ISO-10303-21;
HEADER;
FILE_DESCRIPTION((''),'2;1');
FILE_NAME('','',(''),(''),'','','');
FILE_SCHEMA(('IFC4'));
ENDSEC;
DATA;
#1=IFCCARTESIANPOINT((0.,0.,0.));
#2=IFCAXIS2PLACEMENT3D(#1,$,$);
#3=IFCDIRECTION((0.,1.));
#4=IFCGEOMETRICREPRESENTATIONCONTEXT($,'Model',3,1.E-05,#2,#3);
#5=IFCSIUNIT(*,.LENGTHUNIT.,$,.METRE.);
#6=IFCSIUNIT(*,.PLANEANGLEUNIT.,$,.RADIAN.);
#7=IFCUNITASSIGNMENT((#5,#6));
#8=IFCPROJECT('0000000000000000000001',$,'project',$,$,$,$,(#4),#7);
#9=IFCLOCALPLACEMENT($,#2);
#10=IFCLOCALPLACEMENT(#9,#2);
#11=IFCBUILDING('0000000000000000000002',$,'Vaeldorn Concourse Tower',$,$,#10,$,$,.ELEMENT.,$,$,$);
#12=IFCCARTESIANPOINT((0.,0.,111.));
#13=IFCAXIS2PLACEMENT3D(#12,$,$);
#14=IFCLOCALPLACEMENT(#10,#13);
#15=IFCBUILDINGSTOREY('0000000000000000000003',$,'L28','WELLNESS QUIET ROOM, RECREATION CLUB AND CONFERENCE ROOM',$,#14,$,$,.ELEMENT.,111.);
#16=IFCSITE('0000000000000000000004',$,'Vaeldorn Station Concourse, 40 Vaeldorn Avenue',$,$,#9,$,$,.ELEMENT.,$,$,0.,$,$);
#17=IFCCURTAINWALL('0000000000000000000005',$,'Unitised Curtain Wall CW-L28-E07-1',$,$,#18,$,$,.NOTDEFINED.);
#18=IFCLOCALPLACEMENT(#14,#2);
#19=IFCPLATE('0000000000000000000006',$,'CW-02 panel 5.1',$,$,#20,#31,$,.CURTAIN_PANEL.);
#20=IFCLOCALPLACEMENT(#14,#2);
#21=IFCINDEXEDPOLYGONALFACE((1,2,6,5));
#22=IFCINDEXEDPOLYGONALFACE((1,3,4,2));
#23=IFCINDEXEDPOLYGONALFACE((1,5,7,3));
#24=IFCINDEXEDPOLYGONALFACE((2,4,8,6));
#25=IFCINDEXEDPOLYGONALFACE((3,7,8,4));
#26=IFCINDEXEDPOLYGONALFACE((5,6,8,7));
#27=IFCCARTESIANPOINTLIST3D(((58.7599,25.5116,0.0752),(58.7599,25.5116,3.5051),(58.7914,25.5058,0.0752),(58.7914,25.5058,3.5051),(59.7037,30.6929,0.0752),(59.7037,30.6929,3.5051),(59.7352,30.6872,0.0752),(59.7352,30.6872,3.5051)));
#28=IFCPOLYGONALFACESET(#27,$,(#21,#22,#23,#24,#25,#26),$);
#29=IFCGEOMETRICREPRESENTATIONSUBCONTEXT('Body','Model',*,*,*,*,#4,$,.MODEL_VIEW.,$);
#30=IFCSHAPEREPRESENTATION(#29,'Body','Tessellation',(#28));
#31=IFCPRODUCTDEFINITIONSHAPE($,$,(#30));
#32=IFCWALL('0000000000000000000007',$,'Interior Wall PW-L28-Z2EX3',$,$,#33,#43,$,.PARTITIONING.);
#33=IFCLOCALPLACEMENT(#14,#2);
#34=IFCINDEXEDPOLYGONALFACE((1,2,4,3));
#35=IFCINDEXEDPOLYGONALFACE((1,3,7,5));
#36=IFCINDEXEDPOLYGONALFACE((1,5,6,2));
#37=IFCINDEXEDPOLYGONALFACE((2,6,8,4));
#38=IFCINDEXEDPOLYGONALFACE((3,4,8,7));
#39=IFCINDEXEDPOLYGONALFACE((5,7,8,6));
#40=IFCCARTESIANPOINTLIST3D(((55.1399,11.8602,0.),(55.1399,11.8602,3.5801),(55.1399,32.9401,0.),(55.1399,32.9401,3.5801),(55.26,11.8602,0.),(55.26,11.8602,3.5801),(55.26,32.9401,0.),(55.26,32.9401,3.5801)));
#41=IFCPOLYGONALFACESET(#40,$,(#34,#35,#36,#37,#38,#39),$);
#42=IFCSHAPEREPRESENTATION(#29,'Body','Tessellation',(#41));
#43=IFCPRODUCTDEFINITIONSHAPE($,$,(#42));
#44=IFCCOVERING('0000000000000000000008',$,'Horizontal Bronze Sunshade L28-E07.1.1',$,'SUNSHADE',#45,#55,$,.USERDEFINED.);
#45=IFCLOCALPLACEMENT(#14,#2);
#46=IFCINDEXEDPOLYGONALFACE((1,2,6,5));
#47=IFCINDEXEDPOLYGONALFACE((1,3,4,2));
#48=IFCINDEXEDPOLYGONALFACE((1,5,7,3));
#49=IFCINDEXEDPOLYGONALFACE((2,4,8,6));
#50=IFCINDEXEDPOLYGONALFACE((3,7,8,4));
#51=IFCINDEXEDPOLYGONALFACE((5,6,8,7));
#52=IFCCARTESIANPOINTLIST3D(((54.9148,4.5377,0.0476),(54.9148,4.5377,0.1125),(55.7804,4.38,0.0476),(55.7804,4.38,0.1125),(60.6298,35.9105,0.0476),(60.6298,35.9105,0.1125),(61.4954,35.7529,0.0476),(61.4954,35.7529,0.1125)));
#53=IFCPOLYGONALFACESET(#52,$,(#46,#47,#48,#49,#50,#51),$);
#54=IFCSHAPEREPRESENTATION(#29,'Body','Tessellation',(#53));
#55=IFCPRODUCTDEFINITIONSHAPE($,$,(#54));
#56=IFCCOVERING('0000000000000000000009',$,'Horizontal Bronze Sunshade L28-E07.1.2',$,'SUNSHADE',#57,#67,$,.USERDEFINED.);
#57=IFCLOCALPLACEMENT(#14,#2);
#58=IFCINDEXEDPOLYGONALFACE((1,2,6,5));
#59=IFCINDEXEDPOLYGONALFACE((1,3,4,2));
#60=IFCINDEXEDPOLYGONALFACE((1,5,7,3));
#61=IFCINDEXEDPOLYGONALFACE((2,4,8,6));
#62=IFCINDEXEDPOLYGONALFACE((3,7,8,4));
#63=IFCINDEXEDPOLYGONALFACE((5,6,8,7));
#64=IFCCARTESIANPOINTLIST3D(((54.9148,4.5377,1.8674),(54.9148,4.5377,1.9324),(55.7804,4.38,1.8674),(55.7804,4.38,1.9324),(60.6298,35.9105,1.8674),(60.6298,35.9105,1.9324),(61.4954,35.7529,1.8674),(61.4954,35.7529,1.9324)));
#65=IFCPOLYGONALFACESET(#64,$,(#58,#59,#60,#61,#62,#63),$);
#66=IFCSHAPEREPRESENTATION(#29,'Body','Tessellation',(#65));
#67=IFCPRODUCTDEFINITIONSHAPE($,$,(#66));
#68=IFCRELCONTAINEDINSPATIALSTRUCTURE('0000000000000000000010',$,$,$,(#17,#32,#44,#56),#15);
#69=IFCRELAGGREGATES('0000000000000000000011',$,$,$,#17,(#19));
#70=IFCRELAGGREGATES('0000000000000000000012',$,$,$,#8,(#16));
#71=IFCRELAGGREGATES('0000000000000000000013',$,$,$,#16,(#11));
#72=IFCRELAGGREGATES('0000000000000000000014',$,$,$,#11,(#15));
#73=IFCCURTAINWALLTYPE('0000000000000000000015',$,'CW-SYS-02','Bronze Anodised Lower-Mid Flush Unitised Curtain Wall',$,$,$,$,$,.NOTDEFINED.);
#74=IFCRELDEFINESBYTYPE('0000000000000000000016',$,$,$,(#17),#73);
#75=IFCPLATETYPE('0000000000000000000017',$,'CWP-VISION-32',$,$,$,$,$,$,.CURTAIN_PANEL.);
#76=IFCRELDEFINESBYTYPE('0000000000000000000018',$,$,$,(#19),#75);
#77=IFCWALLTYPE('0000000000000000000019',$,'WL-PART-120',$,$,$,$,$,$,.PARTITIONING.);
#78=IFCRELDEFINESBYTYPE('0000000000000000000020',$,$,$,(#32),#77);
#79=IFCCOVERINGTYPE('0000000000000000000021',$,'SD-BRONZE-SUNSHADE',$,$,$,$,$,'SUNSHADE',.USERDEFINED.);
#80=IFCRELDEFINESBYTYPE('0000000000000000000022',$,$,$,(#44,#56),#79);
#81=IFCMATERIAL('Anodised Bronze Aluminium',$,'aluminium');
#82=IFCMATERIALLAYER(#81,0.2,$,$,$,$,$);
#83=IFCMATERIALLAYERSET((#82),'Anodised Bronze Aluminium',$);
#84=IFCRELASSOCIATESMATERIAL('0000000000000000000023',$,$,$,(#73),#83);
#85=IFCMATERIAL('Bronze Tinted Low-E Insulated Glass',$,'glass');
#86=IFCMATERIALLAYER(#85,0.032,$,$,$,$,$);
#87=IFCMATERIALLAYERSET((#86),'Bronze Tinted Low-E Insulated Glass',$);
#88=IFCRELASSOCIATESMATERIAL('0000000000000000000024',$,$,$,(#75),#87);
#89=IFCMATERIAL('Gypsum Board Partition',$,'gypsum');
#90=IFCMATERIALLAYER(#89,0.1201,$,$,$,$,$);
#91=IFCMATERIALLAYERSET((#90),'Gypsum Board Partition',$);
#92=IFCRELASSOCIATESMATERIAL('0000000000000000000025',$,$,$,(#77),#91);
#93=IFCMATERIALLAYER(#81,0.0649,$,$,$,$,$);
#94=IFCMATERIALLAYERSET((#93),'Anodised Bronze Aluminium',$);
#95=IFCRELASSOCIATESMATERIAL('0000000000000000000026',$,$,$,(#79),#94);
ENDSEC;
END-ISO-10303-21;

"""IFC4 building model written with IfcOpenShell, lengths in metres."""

from ifc_helpers import new_model, si_unit, direction, frame, frame_2d, origin, origin_2d, place, context, subcontext, project, spatial, rectangle, extrude, source, transform, mapped, material, layer, layer_set, type_object, element, aggregate, save


model = new_model("IFC4")

# Units and contexts
model_context = context("Model", 3, precision=1e-05, world=origin(), true_north=direction((0.0, 1.0)))
body_context = subcontext(model_context, "Body", "Model", "MODEL_VIEW")
ifc_project = project(units=[si_unit("LENGTHUNIT", "METRE"), si_unit("PLANEANGLEUNIT", "RADIAN")], contexts=[model_context])

# Site, building, storey
site_placement = place(None, origin())
site = spatial("IfcSite", under=ifc_project, at=site_placement, Name="Vaeldorn Station Concourse, 40 Vaeldorn Avenue", CompositionType="ELEMENT", RefElevation=0.0)
building_placement = place(site_placement, origin())
building = spatial("IfcBuilding", under=site, at=building_placement, Name="Vaeldorn Concourse Tower", CompositionType="ELEMENT")
storey_placement = place(building_placement, frame((0.0, 0.0, 111.0)))
storey = spatial("IfcBuildingStorey", under=building, at=storey_placement, Name="L28", Description="WELLNESS QUIET ROOM, RECREATION CLUB AND CONFERENCE ROOM", CompositionType="ELEMENT", Elevation=111.0)

# Curtain wall, plate
ifc_material_1 = material(Name="Anodised Bronze Aluminium", Category="aluminium")
ifc_layer_1 = layer(ifc_material_1, 0.2)
ifc_layer_set_1 = layer_set([ifc_layer_1], Name="Anodised Bronze Aluminium")
curtain_wall_type = type_object("IfcCurtainWallType", Name="CW-SYS-02", Description="Bronze Anodised Lower-Mid Flush Unitised Curtain Wall", PredefinedType="NOTDEFINED", material=ifc_layer_set_1)
curtain_wall_placement = place(storey_placement, origin())
curtain_wall = element("IfcCurtainWall", 1, at=curtain_wall_placement, inside=storey, type_object=curtain_wall_type, Name="Unitised Curtain Wall CW-L28-E07-1", PredefinedType="NOTDEFINED")
ifc_material_2 = material(Name="Bronze Tinted Low-E Insulated Glass", Category="glass")
ifc_layer_2 = layer(ifc_material_2, 0.032)
ifc_layer_set_2 = layer_set([ifc_layer_2], Name="Bronze Tinted Low-E Insulated Glass")
plate_type = type_object("IfcPlateType", Name="CWP-VISION-32", PredefinedType="CURTAIN_PANEL", material=ifc_layer_set_2)
shared_shape_1 = source(origin(), body_context, "Body", "SweptSolid", [
    extrude(rectangle(XDim=5.2666, YDim=0.032, at=origin_2d()), origin(), (0.0, 0.0, 1.0), 3.4299),
])
plate_1_placement = place(storey_placement, frame((59.2476, 28.0994, 0.0752), z_axis=(0.0, 0.0, 1.0), x_axis=(0.179206, 0.983812, 0.0)))
plate_1 = element("IfcPlate", 2, at=plate_1_placement, type_object=plate_type, Name="CW-02 panel 5.1", PredefinedType="CURTAIN_PANEL", context=body_context, shape_type="MappedRepresentation", body=[
    mapped(shared_shape_1, transform((0.0, 0.0, 0.0), scale=1.0)),
])
aggregate(curtain_wall, [plate_1])

# Wall
ifc_material_3 = material(Name="Gypsum Board Partition", Category="gypsum")
ifc_layer_3 = layer(ifc_material_3, 0.1201)
ifc_layer_set_3 = layer_set([ifc_layer_3], Name="Gypsum Board Partition")
wall_type = type_object("IfcWallType", Name="WL-PART-120", PredefinedType="PARTITIONING", material=ifc_layer_set_3)
wall_placement = place(storey_placement, frame((55.2, 11.8601, 0.0), z_axis=(0.0, 0.0, 1.0), x_axis=(0.0, 1.0, 0.0)))
element("IfcWall", 3, at=wall_placement, inside=storey, type_object=wall_type, Name="Interior Wall PW-L28-Z2EX3", PredefinedType="PARTITIONING", context=body_context, shape_type="SweptSolid", body=[
    extrude(rectangle(XDim=21.0798, YDim=0.1201, at=frame_2d((10.54, 0.0))), origin(), (0.0, 0.0, 1.0), 3.5801),
])

# Coverings
ifc_layer_4 = layer(ifc_material_1, 0.0649)
ifc_layer_set_4 = layer_set([ifc_layer_4], Name="Anodised Bronze Aluminium")
covering_type = type_object("IfcCoveringType", Name="SD-BRONZE-SUNSHADE", ElementType="SUNSHADE", PredefinedType="USERDEFINED", material=ifc_layer_set_4)
shared_shape_2 = source(origin(), body_context, "Body", "SweptSolid", [
    extrude(rectangle(XDim=31.8892, YDim=0.8799, at=origin_2d()), origin(), (0.0, 0.0, 1.0), 0.0649),
])
for number, where, z_axis, x_axis, name in (
    (4, (58.2051, 20.1453, 0.0476), (0.0, 0.0, 1.0), (0.179214, 0.98381, 0.0), "Horizontal Bronze Sunshade L28-E07.1.1"),
    (5, (58.2051, 20.1453, 1.8674), (0.0, 0.0, 1.0), (0.179214, 0.98381, 0.0), "Horizontal Bronze Sunshade L28-E07.1.2"),
):
    element("IfcCovering", number, at=place(storey_placement, frame(where, z_axis=z_axis, x_axis=x_axis)), inside=storey, type_object=covering_type, Name=name, ObjectType="SUNSHADE", PredefinedType="USERDEFINED", context=body_context, shape_type="MappedRepresentation", body=[
        mapped(shared_shape_2, transform((0.0, 0.0, 0.0), scale=1.0)),
    ])

save(model, "model.ifc")
